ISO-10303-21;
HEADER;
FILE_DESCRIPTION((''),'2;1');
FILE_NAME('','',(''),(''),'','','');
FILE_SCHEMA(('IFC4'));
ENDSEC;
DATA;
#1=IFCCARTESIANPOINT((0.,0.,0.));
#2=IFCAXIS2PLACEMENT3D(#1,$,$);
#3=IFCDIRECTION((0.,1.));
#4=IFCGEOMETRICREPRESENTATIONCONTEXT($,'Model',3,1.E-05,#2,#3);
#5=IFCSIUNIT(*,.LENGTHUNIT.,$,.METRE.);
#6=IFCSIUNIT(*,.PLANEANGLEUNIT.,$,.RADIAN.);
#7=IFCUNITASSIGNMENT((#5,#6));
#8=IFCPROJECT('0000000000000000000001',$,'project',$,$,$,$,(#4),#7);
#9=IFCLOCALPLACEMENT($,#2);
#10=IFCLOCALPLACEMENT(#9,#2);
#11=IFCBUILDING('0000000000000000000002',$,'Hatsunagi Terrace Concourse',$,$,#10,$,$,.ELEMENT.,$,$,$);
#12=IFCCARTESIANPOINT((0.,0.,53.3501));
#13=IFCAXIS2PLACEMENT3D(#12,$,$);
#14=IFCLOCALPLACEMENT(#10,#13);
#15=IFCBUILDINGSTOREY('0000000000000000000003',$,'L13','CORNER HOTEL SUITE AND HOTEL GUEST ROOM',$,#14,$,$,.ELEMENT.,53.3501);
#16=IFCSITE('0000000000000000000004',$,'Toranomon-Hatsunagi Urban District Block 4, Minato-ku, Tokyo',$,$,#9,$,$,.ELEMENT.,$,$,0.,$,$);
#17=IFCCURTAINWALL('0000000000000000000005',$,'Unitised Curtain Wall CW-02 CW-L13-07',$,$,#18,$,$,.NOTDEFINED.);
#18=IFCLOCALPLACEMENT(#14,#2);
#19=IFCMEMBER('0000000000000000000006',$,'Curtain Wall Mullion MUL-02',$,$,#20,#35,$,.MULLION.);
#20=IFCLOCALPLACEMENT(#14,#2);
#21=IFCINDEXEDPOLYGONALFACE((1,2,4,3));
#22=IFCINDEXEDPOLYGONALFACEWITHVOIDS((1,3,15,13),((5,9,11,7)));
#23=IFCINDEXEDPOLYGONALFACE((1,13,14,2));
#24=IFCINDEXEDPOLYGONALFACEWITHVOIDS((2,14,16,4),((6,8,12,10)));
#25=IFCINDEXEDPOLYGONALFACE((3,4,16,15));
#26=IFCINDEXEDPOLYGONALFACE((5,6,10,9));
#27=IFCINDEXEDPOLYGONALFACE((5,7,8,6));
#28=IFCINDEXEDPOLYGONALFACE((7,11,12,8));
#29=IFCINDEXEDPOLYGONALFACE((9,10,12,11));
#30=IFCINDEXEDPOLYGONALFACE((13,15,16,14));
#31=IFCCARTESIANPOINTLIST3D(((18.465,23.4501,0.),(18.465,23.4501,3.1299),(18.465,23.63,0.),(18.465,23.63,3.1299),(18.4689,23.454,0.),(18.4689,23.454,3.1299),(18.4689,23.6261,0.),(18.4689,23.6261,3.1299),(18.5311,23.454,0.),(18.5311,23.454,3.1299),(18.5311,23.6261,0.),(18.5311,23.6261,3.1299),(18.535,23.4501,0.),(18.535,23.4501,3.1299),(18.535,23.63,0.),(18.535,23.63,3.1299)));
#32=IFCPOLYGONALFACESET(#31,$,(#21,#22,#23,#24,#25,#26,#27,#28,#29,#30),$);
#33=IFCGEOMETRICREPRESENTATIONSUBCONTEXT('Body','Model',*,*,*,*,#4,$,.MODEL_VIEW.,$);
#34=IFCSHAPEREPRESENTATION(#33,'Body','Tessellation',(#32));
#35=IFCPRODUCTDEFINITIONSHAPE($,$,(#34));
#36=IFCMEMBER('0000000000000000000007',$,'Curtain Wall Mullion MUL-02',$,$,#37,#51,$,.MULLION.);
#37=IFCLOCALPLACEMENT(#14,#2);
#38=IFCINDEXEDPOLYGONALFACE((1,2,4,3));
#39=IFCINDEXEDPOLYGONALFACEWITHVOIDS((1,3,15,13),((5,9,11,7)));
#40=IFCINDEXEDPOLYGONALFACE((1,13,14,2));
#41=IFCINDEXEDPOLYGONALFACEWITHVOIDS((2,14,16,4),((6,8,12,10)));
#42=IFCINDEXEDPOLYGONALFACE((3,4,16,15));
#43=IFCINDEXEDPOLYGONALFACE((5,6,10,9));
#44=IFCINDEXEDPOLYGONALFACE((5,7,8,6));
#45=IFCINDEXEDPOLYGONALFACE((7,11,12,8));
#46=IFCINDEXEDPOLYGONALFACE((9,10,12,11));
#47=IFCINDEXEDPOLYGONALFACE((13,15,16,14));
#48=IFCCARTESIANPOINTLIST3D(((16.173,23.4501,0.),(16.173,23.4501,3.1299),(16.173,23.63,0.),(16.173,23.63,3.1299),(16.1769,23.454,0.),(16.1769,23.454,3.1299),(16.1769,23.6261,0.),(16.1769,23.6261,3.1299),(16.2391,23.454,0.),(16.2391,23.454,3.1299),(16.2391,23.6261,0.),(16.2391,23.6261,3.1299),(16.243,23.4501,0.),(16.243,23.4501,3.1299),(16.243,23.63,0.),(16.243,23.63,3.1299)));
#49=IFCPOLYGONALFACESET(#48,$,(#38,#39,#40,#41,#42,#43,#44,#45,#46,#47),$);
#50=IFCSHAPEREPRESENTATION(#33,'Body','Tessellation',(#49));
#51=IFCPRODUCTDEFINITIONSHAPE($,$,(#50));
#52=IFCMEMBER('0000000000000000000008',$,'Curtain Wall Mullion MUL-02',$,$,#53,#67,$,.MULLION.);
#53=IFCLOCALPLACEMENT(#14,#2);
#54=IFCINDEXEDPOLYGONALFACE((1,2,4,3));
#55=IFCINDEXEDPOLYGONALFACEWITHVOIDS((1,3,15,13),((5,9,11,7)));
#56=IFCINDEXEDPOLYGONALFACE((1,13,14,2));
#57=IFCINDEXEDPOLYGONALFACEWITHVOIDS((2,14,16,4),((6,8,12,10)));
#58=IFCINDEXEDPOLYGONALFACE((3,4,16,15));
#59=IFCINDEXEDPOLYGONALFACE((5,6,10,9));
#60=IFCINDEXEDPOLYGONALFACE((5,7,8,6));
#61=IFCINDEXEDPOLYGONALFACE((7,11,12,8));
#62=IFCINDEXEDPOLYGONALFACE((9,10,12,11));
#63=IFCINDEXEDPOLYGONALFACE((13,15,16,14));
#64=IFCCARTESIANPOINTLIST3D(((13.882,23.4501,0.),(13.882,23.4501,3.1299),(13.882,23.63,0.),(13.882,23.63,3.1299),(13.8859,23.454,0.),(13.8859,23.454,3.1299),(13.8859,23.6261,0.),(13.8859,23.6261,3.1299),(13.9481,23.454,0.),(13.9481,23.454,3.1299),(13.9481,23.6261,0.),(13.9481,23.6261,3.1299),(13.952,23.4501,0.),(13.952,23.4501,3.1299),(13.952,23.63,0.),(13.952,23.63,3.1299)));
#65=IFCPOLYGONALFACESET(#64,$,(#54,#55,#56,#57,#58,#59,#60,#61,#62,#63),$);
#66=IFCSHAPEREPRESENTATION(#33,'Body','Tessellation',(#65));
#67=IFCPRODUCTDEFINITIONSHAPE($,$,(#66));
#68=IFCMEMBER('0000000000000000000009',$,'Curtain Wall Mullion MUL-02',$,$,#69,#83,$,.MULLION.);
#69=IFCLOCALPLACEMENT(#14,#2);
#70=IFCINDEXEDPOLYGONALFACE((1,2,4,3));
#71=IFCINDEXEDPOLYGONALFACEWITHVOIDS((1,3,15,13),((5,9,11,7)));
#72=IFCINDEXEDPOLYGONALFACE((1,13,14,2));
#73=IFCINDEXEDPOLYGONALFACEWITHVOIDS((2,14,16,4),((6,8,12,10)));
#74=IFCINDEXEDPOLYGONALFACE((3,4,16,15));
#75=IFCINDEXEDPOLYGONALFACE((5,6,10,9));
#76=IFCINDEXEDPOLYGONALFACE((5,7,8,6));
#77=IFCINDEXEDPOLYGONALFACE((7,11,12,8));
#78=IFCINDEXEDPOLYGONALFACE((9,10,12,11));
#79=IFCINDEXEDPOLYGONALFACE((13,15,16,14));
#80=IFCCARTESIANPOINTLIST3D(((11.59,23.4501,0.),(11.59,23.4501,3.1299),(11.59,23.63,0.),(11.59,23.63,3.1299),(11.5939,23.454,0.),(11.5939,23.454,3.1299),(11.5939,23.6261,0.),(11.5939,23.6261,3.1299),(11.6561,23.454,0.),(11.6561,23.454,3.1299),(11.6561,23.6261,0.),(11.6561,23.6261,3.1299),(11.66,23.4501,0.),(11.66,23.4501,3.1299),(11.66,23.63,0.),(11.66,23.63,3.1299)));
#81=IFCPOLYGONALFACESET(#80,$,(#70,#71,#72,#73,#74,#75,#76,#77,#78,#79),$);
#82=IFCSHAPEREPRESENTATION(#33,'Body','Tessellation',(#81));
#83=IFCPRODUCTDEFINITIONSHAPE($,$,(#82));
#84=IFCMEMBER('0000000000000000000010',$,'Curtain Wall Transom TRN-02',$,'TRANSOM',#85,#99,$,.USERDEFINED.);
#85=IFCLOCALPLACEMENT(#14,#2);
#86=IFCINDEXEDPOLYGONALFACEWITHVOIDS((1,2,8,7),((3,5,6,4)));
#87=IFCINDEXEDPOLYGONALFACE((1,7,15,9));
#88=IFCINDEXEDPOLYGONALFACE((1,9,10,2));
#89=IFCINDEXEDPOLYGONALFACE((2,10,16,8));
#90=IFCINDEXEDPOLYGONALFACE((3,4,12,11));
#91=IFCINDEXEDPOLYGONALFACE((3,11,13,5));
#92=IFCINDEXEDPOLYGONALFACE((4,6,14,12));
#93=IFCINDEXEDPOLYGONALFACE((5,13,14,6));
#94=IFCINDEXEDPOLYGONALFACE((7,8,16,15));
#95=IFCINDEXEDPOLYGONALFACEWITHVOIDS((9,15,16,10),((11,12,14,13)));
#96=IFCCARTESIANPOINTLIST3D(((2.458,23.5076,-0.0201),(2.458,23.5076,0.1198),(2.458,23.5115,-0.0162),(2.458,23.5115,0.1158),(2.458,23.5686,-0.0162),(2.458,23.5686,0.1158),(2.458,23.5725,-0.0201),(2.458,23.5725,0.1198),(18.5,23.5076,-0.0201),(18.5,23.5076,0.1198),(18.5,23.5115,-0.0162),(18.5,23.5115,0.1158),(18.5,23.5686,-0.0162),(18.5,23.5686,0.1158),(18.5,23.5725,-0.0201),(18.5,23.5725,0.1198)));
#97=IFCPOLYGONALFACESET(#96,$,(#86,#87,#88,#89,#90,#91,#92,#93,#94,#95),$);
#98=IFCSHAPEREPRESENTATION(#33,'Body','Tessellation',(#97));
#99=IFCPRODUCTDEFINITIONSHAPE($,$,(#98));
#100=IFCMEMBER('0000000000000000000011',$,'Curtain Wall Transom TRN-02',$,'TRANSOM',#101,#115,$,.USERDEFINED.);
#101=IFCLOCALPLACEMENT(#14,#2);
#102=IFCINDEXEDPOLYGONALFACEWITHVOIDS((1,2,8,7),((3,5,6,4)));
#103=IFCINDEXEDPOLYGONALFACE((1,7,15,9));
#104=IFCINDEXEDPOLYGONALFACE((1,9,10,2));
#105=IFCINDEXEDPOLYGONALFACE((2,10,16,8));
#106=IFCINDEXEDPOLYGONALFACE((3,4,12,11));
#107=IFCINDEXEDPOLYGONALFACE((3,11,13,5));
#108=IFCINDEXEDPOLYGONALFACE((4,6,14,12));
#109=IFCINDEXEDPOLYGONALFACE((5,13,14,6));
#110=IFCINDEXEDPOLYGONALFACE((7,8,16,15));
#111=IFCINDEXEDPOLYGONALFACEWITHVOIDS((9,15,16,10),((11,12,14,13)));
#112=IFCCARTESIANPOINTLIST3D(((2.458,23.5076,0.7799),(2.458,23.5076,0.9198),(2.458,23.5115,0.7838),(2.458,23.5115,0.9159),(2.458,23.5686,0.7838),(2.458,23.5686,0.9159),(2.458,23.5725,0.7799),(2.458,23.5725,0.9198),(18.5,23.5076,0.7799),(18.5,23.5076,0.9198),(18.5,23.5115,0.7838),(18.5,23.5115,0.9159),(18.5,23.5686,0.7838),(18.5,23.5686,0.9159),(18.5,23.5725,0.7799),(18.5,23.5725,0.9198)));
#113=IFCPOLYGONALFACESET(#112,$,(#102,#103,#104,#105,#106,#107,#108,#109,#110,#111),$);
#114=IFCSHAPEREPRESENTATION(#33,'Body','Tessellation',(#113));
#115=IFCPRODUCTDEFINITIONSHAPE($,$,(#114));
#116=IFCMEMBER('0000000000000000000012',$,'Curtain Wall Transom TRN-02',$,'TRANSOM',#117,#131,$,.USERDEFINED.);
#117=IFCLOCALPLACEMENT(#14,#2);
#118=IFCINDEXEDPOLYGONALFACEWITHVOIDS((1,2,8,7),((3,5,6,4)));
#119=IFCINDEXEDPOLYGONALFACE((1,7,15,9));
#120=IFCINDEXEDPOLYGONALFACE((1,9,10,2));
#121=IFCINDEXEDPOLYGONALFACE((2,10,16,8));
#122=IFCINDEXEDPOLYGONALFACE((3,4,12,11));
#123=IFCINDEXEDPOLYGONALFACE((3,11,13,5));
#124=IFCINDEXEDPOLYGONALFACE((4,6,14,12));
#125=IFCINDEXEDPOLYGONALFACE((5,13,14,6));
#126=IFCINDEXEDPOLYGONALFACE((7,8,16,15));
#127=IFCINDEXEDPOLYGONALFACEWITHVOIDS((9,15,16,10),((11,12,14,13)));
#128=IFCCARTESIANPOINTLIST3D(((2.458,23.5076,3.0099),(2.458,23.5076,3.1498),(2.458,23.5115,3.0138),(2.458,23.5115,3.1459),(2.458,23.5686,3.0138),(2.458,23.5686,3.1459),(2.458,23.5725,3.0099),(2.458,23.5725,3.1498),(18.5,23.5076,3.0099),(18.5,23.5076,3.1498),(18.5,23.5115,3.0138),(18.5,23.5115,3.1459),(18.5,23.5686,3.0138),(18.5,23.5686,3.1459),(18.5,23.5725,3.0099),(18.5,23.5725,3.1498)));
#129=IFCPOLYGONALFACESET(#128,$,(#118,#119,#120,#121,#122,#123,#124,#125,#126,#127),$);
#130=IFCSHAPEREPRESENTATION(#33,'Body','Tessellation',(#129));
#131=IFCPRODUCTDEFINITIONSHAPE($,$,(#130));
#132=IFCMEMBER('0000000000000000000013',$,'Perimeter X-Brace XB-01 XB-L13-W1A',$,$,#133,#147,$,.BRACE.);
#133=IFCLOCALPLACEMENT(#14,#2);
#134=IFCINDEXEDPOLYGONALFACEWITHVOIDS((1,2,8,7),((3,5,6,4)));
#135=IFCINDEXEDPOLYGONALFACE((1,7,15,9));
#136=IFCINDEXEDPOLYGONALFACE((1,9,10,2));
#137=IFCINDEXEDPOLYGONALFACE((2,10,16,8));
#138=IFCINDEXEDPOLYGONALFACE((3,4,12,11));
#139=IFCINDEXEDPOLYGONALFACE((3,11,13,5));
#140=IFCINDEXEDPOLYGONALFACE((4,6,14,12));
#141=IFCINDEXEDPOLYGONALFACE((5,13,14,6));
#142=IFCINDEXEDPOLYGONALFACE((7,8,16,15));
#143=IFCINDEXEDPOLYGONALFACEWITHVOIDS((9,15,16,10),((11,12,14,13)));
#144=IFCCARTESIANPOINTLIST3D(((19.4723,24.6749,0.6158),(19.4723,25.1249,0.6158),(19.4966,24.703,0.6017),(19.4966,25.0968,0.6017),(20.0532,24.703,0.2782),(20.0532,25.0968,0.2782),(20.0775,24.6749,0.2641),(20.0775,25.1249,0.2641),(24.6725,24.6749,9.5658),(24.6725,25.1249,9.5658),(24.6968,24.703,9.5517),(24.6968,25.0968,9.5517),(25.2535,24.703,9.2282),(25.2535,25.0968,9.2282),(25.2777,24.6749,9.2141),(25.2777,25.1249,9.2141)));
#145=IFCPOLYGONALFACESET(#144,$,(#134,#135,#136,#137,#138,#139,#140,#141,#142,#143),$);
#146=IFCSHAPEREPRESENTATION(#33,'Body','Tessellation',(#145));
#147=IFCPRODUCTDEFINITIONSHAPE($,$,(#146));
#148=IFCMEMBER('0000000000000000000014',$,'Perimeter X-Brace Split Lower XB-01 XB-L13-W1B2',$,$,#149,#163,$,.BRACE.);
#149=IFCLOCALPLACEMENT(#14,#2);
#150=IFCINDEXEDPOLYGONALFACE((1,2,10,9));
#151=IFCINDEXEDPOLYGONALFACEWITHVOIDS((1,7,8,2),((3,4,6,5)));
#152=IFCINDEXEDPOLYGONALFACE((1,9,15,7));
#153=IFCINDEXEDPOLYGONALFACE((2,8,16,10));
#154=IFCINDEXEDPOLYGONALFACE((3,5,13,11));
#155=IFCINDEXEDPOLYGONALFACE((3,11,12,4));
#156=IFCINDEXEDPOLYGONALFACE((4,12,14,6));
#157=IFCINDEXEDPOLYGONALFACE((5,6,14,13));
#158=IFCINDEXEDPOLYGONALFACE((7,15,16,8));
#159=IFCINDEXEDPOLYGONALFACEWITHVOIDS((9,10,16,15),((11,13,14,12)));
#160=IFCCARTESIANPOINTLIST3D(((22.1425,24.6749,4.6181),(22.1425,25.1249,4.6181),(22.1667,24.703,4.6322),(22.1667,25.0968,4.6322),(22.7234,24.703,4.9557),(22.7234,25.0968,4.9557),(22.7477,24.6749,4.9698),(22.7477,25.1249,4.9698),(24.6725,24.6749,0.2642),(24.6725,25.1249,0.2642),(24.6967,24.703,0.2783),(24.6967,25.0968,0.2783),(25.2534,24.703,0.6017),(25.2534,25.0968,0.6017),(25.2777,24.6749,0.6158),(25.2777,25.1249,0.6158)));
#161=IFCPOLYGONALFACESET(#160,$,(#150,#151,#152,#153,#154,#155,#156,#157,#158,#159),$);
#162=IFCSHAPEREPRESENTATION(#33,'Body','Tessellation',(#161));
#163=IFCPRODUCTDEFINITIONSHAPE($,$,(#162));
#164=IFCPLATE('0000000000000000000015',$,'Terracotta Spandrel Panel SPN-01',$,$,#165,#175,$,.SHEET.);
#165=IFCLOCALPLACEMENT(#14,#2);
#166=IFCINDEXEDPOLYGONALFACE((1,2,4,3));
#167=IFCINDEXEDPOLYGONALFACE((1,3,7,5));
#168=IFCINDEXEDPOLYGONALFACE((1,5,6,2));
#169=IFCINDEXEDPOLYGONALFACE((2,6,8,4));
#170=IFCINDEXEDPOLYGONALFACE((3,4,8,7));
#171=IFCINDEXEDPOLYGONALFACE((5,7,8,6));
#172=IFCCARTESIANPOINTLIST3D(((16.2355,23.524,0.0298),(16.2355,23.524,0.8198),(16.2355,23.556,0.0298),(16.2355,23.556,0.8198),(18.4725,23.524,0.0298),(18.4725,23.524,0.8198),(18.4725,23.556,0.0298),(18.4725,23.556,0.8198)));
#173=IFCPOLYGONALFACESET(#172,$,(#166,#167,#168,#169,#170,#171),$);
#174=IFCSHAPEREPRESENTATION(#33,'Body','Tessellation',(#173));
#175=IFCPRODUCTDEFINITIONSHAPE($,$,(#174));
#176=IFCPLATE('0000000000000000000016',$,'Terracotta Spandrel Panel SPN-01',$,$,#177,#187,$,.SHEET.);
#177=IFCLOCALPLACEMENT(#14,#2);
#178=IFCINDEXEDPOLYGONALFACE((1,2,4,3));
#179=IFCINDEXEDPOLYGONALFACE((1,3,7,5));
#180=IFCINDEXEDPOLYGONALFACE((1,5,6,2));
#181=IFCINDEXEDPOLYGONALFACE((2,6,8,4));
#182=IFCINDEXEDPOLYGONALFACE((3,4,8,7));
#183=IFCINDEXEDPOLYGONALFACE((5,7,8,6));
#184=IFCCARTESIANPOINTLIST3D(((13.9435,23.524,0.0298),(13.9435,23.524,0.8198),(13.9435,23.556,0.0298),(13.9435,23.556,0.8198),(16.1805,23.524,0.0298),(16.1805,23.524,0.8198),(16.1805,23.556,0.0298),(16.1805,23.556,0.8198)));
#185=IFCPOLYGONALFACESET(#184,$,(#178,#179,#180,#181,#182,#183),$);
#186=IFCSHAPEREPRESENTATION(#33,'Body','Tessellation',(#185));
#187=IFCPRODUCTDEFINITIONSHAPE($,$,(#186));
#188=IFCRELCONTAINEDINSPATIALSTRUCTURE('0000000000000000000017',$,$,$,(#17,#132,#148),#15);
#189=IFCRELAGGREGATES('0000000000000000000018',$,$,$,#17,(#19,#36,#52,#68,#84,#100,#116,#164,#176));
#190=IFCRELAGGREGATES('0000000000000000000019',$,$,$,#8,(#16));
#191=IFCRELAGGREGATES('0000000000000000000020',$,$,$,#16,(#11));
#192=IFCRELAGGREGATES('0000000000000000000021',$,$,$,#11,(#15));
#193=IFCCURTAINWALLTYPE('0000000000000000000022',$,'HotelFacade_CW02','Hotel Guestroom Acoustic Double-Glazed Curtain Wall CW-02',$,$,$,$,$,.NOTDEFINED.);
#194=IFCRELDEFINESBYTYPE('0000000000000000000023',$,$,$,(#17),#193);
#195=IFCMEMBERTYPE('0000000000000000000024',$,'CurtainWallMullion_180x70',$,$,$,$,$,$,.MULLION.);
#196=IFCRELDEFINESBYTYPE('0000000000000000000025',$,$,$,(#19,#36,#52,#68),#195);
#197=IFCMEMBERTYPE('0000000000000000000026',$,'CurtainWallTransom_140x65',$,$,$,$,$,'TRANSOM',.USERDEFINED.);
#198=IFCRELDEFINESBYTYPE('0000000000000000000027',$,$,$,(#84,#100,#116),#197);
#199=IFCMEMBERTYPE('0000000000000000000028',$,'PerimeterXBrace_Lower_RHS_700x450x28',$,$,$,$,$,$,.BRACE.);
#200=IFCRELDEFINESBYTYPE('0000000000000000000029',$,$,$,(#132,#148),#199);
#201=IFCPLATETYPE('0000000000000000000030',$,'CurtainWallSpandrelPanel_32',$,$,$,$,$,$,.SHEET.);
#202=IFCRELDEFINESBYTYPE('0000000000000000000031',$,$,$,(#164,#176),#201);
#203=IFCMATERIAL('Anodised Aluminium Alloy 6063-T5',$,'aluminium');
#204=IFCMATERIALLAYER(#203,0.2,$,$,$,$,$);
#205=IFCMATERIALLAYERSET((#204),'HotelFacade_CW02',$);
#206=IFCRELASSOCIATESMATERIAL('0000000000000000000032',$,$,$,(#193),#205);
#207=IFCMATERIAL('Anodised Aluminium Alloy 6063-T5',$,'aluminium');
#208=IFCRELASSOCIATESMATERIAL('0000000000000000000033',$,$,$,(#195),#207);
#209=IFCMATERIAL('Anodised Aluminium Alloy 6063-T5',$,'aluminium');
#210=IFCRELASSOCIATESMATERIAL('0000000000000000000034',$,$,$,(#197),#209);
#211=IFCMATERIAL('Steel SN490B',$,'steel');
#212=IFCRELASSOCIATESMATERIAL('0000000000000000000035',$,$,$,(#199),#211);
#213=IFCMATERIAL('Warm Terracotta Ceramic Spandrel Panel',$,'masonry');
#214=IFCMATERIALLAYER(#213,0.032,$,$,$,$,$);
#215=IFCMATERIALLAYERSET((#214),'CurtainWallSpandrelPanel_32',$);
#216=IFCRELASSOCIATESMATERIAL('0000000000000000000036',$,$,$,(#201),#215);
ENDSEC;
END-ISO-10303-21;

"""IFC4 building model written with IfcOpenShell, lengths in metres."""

from ifc_helpers import new_model, si_unit, direction, frame, origin, origin_2d, place, context, subcontext, project, spatial, rectangle, hollow_rectangle, extrude, material, layer, layer_set, material_profile, profile_set, type_object, element, aggregate, save


model = new_model("IFC4")

# Units and contexts
model_context = context("Model", 3, precision=1e-05, world=origin(), true_north=direction((0.0, 1.0)))
body_context = subcontext(model_context, "Body", "Model", "MODEL_VIEW")
ifc_project = project(units=[si_unit("LENGTHUNIT", "METRE"), si_unit("PLANEANGLEUNIT", "RADIAN")], contexts=[model_context])

# Site, building, storey
site_placement = place(None, origin())
site = spatial("IfcSite", under=ifc_project, at=site_placement, Name="Toranomon-Hatsunagi Urban District Block 4, Minato-ku, Tokyo", CompositionType="ELEMENT", RefElevation=0.0)
building_placement = place(site_placement, origin())
building = spatial("IfcBuilding", under=site, at=building_placement, Name="Hatsunagi Terrace Concourse", CompositionType="ELEMENT")
storey_placement = place(building_placement, frame((0.0, 0.0, 53.3501)))
storey = spatial("IfcBuildingStorey", under=building, at=storey_placement, Name="L13", Description="CORNER HOTEL SUITE AND HOTEL GUEST ROOM", CompositionType="ELEMENT", Elevation=53.3501)

# Curtain wall, members
ifc_material_1 = material(Name="Anodised Aluminium Alloy 6063-T5", Category="aluminium")
ifc_layer_1 = layer(ifc_material_1, 0.2)
ifc_layer_set_1 = layer_set([ifc_layer_1], Name="HotelFacade_CW02")
curtain_wall_type = type_object("IfcCurtainWallType", Name="HotelFacade_CW02", Description="Hotel Guestroom Acoustic Double-Glazed Curtain Wall CW-02", PredefinedType="NOTDEFINED", material=ifc_layer_set_1)
curtain_wall_placement = place(storey_placement, origin())
curtain_wall = element("IfcCurtainWall", 1, at=curtain_wall_placement, inside=storey, type_object=curtain_wall_type, Name="Unitised Curtain Wall CW-02 CW-L13-07", PredefinedType="NOTDEFINED")
ifc_material_2 = material(Name="Anodised Aluminium Alloy 6063-T5", Category="aluminium")
ifc_material_profile_1 = material_profile(ifc_material_2, hollow_rectangle(XDim=0.0701, YDim=0.1799, WallThickness=0.0039, at=origin_2d()), Name="ALU-MUL-180x70x4")
ifc_profile_set_1 = profile_set([ifc_material_profile_1], Name="Anodised Aluminium Alloy 6063-T5")
member_type_1 = type_object("IfcMemberType", Name="CurtainWallMullion_180x70", PredefinedType="MULLION", material=ifc_profile_set_1)
member_1_placement = place(storey_placement, frame((18.5, 23.54, 0.0), z_axis=(0.0, 0.0, 1.0), x_axis=(-1.0, 0.0, 0.0)))
member_1 = element("IfcMember", 2, at=member_1_placement, type_object=member_type_1, Name="Curtain Wall Mullion MUL-02", PredefinedType="MULLION", context=body_context, shape_type="SweptSolid", body=[
    extrude(hollow_rectangle(XDim=0.0701, YDim=0.1799, WallThickness=0.0039, at=origin_2d()), origin(), (0.0, 0.0, 1.0), 3.1299),
])
member_2_placement = place(storey_placement, frame((16.208, 23.54, 0.0), z_axis=(0.0, 0.0, 1.0), x_axis=(-1.0, 0.0, 0.0)))
member_2 = element("IfcMember", 3, at=member_2_placement, type_object=member_type_1, Name="Curtain Wall Mullion MUL-02", PredefinedType="MULLION", context=body_context, shape_type="SweptSolid", body=[
    extrude(hollow_rectangle(XDim=0.0701, YDim=0.1799, WallThickness=0.0039, at=origin_2d()), origin(), (0.0, 0.0, 1.0), 3.1299),
])
member_3_placement = place(storey_placement, frame((13.917, 23.54, 0.0), z_axis=(0.0, 0.0, 1.0), x_axis=(-1.0, 0.0, 0.0)))
member_3 = element("IfcMember", 4, at=member_3_placement, type_object=member_type_1, Name="Curtain Wall Mullion MUL-02", PredefinedType="MULLION", context=body_context, shape_type="SweptSolid", body=[
    extrude(hollow_rectangle(XDim=0.0701, YDim=0.1799, WallThickness=0.0039, at=origin_2d()), origin(), (0.0, 0.0, 1.0), 3.1299),
])
member_4_placement = place(storey_placement, frame((11.625, 23.54, 0.0), z_axis=(0.0, 0.0, 1.0), x_axis=(-1.0, 0.0, 0.0)))
member_4 = element("IfcMember", 5, at=member_4_placement, type_object=member_type_1, Name="Curtain Wall Mullion MUL-02", PredefinedType="MULLION", context=body_context, shape_type="SweptSolid", body=[
    extrude(hollow_rectangle(XDim=0.0701, YDim=0.1799, WallThickness=0.0039, at=origin_2d()), origin(), (0.0, 0.0, 1.0), 3.1299),
])
ifc_material_3 = material(Name="Anodised Aluminium Alloy 6063-T5", Category="aluminium")
ifc_material_profile_2 = material_profile(ifc_material_3, hollow_rectangle(XDim=0.0649, YDim=0.1399, WallThickness=0.0039, at=origin_2d()), Name="ALU-TRN-140x65x4")
ifc_profile_set_2 = profile_set([ifc_material_profile_2], Name="Anodised Aluminium Alloy 6063-T5")
member_type_2 = type_object("IfcMemberType", Name="CurtainWallTransom_140x65", ElementType="TRANSOM", PredefinedType="USERDEFINED", material=ifc_profile_set_2)
member_5_placement = place(storey_placement, frame((18.5, 23.54, 0.0498), z_axis=(-1.0, 0.0, 0.0), x_axis=(0.0, -1.0, 0.0)))
member_5 = element("IfcMember", 6, at=member_5_placement, type_object=member_type_2, Name="Curtain Wall Transom TRN-02", ObjectType="TRANSOM", PredefinedType="USERDEFINED", context=body_context, shape_type="SweptSolid", body=[
    extrude(hollow_rectangle(XDim=0.0649, YDim=0.1399, WallThickness=0.0039, at=origin_2d()), origin(), (0.0, 0.0, 1.0), 16.042),
])
member_6_placement = place(storey_placement, frame((18.5, 23.54, 0.8499), z_axis=(-1.0, 0.0, 0.0), x_axis=(0.0, -1.0, 0.0)))
member_6 = element("IfcMember", 7, at=member_6_placement, type_object=member_type_2, Name="Curtain Wall Transom TRN-02", ObjectType="TRANSOM", PredefinedType="USERDEFINED", context=body_context, shape_type="SweptSolid", body=[
    extrude(hollow_rectangle(XDim=0.0649, YDim=0.1399, WallThickness=0.0039, at=origin_2d()), origin(), (0.0, 0.0, 1.0), 16.042),
])
member_7_placement = place(storey_placement, frame((18.5, 23.54, 3.0798), z_axis=(-1.0, 0.0, 0.0), x_axis=(0.0, -1.0, 0.0)))
member_7 = element("IfcMember", 8, at=member_7_placement, type_object=member_type_2, Name="Curtain Wall Transom TRN-02", ObjectType="TRANSOM", PredefinedType="USERDEFINED", context=body_context, shape_type="SweptSolid", body=[
    extrude(hollow_rectangle(XDim=0.0649, YDim=0.1399, WallThickness=0.0039, at=origin_2d()), origin(), (0.0, 0.0, 1.0), 16.042),
])

# Members
ifc_material_4 = material(Name="Steel SN490B", Category="steel")
ifc_material_profile_3 = material_profile(ifc_material_4, hollow_rectangle(XDim=0.45, YDim=0.7, WallThickness=0.0281, at=origin_2d()), Name="RHS-700x450x28")
ifc_profile_set_3 = profile_set([ifc_material_profile_3], Name="Steel SN490B")
member_type_3 = type_object("IfcMemberType", Name="PerimeterXBrace_Lower_RHS_700x450x28", PredefinedType="BRACE", material=ifc_profile_set_3)
member_8_placement = place(storey_placement, frame((19.7749, 24.8999, 0.4399), z_axis=(0.502385, 0.0, 0.864644), x_axis=(0.0, 1.0, 0.0)))
element("IfcMember", 9, at=member_8_placement, inside=storey, type_object=member_type_3, Name="Perimeter X-Brace XB-01 XB-L13-W1A", PredefinedType="BRACE", context=body_context, shape_type="SweptSolid", body=[
    extrude(hollow_rectangle(XDim=0.45, YDim=0.7, WallThickness=0.0281, at=origin_2d()), origin(), (0.0, 0.0, 1.0), 10.3511),
])
member_9_placement = place(storey_placement, frame((22.4451, 24.8999, 4.7939), z_axis=(0.502417, 0.0, -0.864625), x_axis=(0.0, 1.0, 0.0)))
element("IfcMember", 10, at=member_9_placement, inside=storey, type_object=member_type_3, Name="Perimeter X-Brace Split Lower XB-01 XB-L13-W1B2", PredefinedType="BRACE", context=body_context, shape_type="SweptSolid", body=[
    extrude(hollow_rectangle(XDim=0.45, YDim=0.7, WallThickness=0.0281, at=origin_2d()), origin(), (0.0, 0.0, 1.0), 5.0356),
])

# Plates
ifc_material_5 = material(Name="Warm Terracotta Ceramic Spandrel Panel", Category="masonry")
ifc_layer_2 = layer(ifc_material_5, 0.032)
ifc_layer_set_2 = layer_set([ifc_layer_2], Name="CurtainWallSpandrelPanel_32")
plate_type_1 = type_object("IfcPlateType", Name="CurtainWallSpandrelPanel_32", PredefinedType="SHEET", material=ifc_layer_set_2)
plate_1_placement = place(storey_placement, frame((17.354, 23.54, 0.0298), z_axis=(0.0, 0.0, 1.0), x_axis=(-1.0, 0.0, 0.0)))
plate_1 = element("IfcPlate", 11, at=plate_1_placement, type_object=plate_type_1, Name="Terracotta Spandrel Panel SPN-01", PredefinedType="SHEET", context=body_context, shape_type="SweptSolid", body=[
    extrude(rectangle(XDim=2.2371, YDim=0.032, at=origin_2d()), origin(), (0.0, 0.0, 1.0), 0.79),
])
plate_2_placement = place(storey_placement, frame((15.062, 23.54, 0.0298), z_axis=(0.0, 0.0, 1.0), x_axis=(-1.0, 0.0, 0.0)))
plate_2 = element("IfcPlate", 12, at=plate_2_placement, type_object=plate_type_1, Name="Terracotta Spandrel Panel SPN-01", PredefinedType="SHEET", context=body_context, shape_type="SweptSolid", body=[
    extrude(rectangle(XDim=2.2371, YDim=0.032, at=origin_2d()), origin(), (0.0, 0.0, 1.0), 0.79),
])
aggregate(curtain_wall, [member_1, member_2, member_3, member_4, member_5, member_6, member_7, plate_1, plate_2])

save(model, "model.ifc")
